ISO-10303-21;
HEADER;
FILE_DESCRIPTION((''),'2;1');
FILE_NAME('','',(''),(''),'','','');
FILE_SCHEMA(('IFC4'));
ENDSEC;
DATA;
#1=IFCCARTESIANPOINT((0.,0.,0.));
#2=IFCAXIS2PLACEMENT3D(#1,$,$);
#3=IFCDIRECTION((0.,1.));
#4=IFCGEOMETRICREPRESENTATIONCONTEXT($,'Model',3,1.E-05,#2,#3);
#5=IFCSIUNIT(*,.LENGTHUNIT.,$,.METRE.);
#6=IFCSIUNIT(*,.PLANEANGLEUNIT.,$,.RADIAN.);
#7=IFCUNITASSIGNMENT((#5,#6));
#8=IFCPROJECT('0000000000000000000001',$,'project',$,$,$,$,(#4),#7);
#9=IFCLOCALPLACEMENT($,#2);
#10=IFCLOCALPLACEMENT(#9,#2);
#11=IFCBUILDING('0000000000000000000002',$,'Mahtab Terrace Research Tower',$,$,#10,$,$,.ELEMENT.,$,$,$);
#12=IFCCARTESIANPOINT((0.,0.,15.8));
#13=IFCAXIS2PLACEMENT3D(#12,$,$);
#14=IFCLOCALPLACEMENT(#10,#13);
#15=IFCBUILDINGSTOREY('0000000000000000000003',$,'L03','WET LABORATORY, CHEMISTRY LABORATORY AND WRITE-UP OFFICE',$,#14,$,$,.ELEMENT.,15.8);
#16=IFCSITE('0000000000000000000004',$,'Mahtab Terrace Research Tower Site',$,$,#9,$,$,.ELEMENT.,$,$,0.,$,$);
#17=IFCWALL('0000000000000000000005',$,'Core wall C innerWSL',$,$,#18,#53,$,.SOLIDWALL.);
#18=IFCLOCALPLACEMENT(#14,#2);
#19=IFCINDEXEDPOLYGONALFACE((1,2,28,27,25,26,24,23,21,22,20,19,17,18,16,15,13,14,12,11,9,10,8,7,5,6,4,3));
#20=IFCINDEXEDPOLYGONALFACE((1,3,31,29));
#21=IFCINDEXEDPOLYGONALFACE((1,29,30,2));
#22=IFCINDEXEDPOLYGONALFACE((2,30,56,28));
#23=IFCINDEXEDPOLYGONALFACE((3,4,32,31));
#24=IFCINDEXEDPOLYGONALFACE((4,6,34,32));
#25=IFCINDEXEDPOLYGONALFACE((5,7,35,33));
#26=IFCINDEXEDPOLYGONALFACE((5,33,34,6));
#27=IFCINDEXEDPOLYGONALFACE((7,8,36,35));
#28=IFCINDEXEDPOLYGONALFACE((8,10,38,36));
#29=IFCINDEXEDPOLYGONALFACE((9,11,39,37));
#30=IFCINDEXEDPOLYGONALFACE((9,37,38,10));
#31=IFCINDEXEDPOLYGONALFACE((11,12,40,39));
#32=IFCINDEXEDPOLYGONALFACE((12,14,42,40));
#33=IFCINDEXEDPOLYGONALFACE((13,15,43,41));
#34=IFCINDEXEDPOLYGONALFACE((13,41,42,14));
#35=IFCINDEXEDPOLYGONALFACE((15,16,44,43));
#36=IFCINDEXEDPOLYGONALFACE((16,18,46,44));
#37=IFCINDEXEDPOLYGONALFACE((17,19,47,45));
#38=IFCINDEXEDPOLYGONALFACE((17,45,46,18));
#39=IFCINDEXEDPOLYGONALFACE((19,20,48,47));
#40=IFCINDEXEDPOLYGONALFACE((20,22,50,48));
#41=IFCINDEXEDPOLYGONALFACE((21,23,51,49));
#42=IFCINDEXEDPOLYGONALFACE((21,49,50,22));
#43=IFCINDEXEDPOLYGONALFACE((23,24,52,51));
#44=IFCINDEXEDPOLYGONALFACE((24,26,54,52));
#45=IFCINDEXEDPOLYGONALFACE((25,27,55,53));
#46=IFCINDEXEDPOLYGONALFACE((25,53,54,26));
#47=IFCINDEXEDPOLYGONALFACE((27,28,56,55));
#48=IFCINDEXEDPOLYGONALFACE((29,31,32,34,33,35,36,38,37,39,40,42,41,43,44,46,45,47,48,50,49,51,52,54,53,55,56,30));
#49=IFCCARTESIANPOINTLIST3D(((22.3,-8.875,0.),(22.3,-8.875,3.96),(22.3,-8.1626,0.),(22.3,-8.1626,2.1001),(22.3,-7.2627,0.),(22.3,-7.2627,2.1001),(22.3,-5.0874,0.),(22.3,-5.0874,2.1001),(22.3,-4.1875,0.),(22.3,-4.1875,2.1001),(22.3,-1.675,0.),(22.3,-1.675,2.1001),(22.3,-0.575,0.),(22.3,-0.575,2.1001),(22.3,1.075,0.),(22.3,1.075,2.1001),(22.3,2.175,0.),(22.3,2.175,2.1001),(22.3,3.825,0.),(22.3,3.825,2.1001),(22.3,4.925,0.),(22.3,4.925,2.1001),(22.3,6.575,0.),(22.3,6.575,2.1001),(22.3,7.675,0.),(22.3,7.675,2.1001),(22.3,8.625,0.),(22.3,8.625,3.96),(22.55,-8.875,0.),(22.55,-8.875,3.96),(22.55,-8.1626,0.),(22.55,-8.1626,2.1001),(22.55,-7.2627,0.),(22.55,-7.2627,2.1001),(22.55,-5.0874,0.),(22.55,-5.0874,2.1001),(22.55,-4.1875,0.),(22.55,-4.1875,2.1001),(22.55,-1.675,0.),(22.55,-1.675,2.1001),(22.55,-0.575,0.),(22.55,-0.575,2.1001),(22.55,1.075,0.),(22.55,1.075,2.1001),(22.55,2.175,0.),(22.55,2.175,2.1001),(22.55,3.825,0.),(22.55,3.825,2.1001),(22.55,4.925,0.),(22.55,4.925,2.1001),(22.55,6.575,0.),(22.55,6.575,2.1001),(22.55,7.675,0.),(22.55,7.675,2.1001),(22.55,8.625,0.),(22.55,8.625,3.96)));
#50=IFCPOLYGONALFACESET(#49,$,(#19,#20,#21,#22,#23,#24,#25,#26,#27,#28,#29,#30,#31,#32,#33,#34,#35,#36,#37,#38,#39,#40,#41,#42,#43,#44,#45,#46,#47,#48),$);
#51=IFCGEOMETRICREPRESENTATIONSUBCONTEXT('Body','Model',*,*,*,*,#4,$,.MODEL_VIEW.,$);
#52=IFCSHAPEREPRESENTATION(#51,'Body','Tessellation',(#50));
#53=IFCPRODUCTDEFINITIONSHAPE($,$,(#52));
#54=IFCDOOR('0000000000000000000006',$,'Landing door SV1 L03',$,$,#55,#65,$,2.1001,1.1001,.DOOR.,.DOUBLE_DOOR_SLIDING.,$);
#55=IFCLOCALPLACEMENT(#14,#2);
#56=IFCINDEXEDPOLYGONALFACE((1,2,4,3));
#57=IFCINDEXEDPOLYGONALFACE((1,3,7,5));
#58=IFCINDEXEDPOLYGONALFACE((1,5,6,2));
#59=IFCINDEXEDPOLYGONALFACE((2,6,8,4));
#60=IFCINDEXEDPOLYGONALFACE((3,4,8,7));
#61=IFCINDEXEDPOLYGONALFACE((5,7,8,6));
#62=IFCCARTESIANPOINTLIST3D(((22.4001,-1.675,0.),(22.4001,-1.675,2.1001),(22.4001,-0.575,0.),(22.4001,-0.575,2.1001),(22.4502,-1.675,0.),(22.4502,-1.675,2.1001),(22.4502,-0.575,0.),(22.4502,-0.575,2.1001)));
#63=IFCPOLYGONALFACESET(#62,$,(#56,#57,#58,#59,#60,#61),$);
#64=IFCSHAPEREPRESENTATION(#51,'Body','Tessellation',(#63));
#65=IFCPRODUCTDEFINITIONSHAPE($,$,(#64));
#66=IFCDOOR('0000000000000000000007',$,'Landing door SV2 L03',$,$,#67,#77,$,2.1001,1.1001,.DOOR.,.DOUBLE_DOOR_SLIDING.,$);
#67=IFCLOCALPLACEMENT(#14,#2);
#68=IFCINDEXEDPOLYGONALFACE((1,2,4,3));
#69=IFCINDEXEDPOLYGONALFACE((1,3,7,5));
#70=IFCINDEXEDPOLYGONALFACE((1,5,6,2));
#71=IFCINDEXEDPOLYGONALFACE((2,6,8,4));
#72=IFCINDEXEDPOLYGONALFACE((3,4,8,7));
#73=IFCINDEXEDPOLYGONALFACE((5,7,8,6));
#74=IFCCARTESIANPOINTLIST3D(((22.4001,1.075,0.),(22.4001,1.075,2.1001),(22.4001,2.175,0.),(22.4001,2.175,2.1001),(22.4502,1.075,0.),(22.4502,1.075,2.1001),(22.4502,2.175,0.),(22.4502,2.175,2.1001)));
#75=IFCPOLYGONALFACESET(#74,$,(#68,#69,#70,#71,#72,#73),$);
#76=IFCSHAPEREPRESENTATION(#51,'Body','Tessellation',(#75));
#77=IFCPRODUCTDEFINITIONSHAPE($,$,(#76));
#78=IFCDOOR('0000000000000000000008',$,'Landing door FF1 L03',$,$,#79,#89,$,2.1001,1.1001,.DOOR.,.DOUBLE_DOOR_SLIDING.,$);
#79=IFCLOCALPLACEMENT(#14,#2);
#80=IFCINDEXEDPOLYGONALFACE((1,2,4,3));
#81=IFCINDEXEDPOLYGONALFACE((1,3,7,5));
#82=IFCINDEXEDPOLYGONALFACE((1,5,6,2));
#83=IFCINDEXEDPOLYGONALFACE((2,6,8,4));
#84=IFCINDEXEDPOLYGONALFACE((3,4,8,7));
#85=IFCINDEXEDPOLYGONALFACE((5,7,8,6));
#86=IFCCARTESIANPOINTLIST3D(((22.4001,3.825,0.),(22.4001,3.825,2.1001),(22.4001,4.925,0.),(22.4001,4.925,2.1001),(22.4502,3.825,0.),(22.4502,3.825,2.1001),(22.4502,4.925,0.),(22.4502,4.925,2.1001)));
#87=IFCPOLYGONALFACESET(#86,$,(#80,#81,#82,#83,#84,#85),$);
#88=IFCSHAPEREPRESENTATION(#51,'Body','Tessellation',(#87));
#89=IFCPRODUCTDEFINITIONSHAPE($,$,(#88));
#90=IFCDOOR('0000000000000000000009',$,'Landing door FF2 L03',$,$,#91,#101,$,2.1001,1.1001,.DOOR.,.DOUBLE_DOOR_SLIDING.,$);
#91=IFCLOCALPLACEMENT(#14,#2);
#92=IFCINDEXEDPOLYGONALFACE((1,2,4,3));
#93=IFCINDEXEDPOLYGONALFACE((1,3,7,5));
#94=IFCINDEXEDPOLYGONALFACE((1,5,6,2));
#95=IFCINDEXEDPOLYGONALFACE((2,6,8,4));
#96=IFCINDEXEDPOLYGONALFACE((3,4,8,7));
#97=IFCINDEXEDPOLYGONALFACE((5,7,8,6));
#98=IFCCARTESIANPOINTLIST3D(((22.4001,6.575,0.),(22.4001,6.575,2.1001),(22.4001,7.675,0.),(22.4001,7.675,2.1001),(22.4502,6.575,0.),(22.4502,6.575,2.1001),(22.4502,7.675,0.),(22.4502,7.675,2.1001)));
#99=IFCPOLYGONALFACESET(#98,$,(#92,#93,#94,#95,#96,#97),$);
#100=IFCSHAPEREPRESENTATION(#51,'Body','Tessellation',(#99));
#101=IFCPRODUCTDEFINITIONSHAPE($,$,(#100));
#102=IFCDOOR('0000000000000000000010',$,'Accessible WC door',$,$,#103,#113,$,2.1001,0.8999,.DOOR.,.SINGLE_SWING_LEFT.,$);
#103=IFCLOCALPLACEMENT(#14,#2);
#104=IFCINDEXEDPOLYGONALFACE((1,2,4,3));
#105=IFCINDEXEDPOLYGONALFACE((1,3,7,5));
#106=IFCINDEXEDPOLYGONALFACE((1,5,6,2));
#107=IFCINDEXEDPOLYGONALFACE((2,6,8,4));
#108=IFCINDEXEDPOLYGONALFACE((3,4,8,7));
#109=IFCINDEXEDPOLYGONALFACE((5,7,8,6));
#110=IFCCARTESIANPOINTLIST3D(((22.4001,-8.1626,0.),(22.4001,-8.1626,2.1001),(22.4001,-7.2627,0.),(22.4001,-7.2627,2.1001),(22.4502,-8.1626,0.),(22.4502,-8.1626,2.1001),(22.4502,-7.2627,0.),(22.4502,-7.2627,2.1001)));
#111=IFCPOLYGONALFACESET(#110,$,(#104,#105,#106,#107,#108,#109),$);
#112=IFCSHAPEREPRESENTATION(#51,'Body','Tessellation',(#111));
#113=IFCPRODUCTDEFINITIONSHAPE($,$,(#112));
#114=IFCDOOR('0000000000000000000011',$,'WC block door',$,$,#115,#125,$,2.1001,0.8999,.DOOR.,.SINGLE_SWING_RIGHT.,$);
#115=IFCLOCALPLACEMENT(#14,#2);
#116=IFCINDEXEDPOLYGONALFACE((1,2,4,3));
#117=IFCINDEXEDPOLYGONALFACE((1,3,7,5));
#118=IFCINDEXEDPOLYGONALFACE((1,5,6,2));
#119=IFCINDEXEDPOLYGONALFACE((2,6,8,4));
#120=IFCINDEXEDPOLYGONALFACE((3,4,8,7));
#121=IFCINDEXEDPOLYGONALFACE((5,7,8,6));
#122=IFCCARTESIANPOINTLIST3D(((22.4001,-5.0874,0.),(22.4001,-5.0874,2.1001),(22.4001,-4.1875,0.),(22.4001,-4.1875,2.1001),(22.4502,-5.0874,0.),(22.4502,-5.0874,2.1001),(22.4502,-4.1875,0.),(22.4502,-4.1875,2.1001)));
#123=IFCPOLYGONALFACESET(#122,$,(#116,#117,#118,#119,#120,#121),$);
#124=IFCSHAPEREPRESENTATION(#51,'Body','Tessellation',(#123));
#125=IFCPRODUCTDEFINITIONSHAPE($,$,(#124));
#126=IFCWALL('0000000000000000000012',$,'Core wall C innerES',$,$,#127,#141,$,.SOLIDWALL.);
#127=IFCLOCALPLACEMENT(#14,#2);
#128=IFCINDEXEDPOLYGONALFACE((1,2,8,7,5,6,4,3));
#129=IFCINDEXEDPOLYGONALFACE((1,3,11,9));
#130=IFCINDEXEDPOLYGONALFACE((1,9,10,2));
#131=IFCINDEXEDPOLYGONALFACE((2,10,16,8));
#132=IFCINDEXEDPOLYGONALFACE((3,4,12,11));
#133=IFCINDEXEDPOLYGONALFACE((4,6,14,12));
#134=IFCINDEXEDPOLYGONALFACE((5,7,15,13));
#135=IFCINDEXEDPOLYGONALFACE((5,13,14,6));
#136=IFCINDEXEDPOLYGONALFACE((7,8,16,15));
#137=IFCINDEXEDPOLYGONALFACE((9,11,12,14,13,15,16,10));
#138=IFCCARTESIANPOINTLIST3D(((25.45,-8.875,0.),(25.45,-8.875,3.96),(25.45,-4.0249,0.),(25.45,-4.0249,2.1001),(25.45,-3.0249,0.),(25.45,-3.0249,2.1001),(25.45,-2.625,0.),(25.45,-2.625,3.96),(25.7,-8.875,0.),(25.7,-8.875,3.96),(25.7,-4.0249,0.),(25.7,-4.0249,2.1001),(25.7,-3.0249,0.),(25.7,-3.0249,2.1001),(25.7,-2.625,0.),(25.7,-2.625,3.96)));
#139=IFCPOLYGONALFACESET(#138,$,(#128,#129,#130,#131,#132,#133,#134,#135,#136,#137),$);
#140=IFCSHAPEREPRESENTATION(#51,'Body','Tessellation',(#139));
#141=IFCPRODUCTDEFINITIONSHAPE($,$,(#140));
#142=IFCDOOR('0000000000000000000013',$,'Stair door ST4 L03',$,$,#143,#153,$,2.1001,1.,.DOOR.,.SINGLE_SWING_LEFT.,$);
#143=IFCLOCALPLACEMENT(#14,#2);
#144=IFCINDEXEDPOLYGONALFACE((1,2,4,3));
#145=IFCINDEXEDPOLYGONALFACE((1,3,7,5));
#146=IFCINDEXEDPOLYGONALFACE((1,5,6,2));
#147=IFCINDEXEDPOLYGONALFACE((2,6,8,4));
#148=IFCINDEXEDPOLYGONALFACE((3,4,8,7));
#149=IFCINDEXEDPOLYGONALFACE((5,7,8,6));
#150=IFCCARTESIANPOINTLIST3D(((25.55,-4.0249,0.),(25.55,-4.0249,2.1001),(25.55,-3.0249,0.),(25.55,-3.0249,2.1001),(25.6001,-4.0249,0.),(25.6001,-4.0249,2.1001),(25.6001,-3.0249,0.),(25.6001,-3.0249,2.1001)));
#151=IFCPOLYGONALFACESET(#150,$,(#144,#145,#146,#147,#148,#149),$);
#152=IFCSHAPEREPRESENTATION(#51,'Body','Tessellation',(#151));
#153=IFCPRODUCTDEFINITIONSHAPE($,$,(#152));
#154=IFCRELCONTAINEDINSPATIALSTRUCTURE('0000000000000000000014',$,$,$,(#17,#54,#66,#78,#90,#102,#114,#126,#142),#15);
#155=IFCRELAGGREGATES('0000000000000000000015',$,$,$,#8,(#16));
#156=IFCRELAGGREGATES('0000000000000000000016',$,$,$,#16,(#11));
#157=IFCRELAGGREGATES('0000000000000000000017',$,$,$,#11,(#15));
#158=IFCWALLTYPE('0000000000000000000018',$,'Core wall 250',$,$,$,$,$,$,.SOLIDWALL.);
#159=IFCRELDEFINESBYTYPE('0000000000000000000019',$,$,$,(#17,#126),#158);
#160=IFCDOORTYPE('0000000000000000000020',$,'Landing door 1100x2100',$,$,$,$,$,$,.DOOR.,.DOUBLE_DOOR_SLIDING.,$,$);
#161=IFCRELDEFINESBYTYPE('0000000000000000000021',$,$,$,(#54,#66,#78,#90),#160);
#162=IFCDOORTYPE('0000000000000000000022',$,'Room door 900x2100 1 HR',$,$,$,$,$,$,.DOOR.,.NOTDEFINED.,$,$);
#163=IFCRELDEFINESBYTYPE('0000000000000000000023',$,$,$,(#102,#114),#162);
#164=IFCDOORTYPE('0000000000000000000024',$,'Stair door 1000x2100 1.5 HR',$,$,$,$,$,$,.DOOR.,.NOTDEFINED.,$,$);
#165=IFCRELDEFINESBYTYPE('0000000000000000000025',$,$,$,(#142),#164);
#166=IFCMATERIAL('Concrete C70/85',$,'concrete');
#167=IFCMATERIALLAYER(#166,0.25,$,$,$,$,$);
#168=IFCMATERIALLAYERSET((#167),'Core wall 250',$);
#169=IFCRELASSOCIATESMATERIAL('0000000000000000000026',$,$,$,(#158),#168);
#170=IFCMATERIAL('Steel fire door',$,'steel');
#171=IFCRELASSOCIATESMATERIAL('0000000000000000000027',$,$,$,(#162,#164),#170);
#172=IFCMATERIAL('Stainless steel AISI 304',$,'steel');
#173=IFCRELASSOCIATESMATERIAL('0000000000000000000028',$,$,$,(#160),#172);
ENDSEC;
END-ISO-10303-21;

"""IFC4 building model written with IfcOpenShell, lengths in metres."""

from ifc_helpers import new_model, si_unit, direction, frame, frame_2d, origin, place, context, subcontext, project, spatial, rectangle, extrude, material, layer, layer_set, type_object, element, fill, save


model = new_model("IFC4")

# Units and contexts
model_context = context("Model", 3, precision=1e-05, world=origin(), true_north=direction((0.0, 1.0)))
body_context = subcontext(model_context, "Body", "Model", "MODEL_VIEW")
ifc_project = project(units=[si_unit("LENGTHUNIT", "METRE"), si_unit("PLANEANGLEUNIT", "RADIAN")], contexts=[model_context])

# Site, building, storey
site_placement = place(None, origin())
site = spatial("IfcSite", under=ifc_project, at=site_placement, Name="Mahtab Terrace Research Tower Site", CompositionType="ELEMENT", RefElevation=0.0)
building_placement = place(site_placement, origin())
building = spatial("IfcBuilding", under=site, at=building_placement, Name="Mahtab Terrace Research Tower", CompositionType="ELEMENT")
storey_placement = place(building_placement, frame((0.0, 0.0, 15.8)))
storey = spatial("IfcBuildingStorey", under=building, at=storey_placement, Name="L03", Description="WET LABORATORY, CHEMISTRY LABORATORY AND WRITE-UP OFFICE", CompositionType="ELEMENT", Elevation=15.8)

# Shared definitions
ifc_material_1 = material(Name="Concrete C70/85", Category="concrete")
ifc_layer_1 = layer(ifc_material_1, 0.25)
ifc_layer_set_1 = layer_set([ifc_layer_1], Name="Core wall 250")
wall_type_1 = type_object("IfcWallType", Name="Core wall 250", PredefinedType="SOLIDWALL", material=ifc_layer_set_1)
ifc_material_2 = material(Name="Steel fire door", Category="steel")
door_type_1 = type_object("IfcDoorType", Name="Room door 900x2100 1 HR", OperationType="NOTDEFINED", PredefinedType="DOOR", material=ifc_material_2)

# Wall, openings, doors
wall_1_placement = place(storey_placement, frame((22.425, -8.875, 0.0), z_axis=(0.0, 0.0, 1.0), x_axis=(0.0, 1.0, 0.0)))
wall_1 = element("IfcWall", 1, at=wall_1_placement, inside=storey, type_object=wall_type_1, Name="Core wall C innerWSL", PredefinedType="SOLIDWALL", context=body_context, shape_type="SweptSolid", body=[
    extrude(rectangle(XDim=17.5, YDim=0.25, at=frame_2d((8.75, 0.0))), origin(), (0.0, 0.0, 1.0), 3.96),
])
opening_1_placement = place(wall_1_placement, frame((7.2, 0.0, 0.0)))
opening_1 = element("IfcOpeningElement", 2, at=opening_1_placement, cuts=wall_1, PredefinedType="OPENING", context=body_context, shape_type="SweptSolid", body=[
    extrude(rectangle(XDim=1.1001, YDim=2.1001, at=frame_2d((0.55, 1.05))), frame((0.0, 0.135, 0.0), z_axis=(0.0, -1.0, 0.0), x_axis=(1.0, 0.0, 0.0)), (0.0, 0.0, 1.0), 0.27),
])
opening_2_placement = place(wall_1_placement, frame((9.95, 0.0, 0.0)))
opening_2 = element("IfcOpeningElement", 3, at=opening_2_placement, cuts=wall_1, PredefinedType="OPENING", context=body_context, shape_type="SweptSolid", body=[
    extrude(rectangle(XDim=1.1001, YDim=2.1001, at=frame_2d((0.55, 1.05))), frame((0.0, 0.135, 0.0), z_axis=(0.0, -1.0, 0.0), x_axis=(1.0, 0.0, 0.0)), (0.0, 0.0, 1.0), 0.27),
])
opening_3_placement = place(wall_1_placement, frame((12.7, 0.0, 0.0)))
opening_3 = element("IfcOpeningElement", 4, at=opening_3_placement, cuts=wall_1, PredefinedType="OPENING", context=body_context, shape_type="SweptSolid", body=[
    extrude(rectangle(XDim=1.1001, YDim=2.1001, at=frame_2d((0.55, 1.05))), frame((0.0, 0.135, 0.0), z_axis=(0.0, -1.0, 0.0), x_axis=(1.0, 0.0, 0.0)), (0.0, 0.0, 1.0), 0.27),
])
opening_4_placement = place(wall_1_placement, frame((15.45, 0.0, 0.0)))
opening_4 = element("IfcOpeningElement", 5, at=opening_4_placement, cuts=wall_1, PredefinedType="OPENING", context=body_context, shape_type="SweptSolid", body=[
    extrude(rectangle(XDim=1.1001, YDim=2.1001, at=frame_2d((0.55, 1.05))), frame((0.0, 0.135, 0.0), z_axis=(0.0, -1.0, 0.0), x_axis=(1.0, 0.0, 0.0)), (0.0, 0.0, 1.0), 0.27),
])
opening_5_placement = place(wall_1_placement, frame((0.7124, 0.0, 0.0)))
opening_5 = element("IfcOpeningElement", 6, at=opening_5_placement, cuts=wall_1, PredefinedType="OPENING", context=body_context, shape_type="SweptSolid", body=[
    extrude(rectangle(XDim=0.8999, YDim=2.1001, at=frame_2d((0.45, 1.05))), frame((0.0, 0.135, 0.0), z_axis=(0.0, -1.0, 0.0), x_axis=(1.0, 0.0, 0.0)), (0.0, 0.0, 1.0), 0.27),
])
opening_6_placement = place(wall_1_placement, frame((3.7876, 0.0, 0.0)))
opening_6 = element("IfcOpeningElement", 7, at=opening_6_placement, cuts=wall_1, PredefinedType="OPENING", context=body_context, shape_type="SweptSolid", body=[
    extrude(rectangle(XDim=0.8999, YDim=2.1001, at=frame_2d((0.45, 1.05))), frame((0.0, 0.135, 0.0), z_axis=(0.0, -1.0, 0.0), x_axis=(1.0, 0.0, 0.0)), (0.0, 0.0, 1.0), 0.27),
])
ifc_material_3 = material(Name="Stainless steel AISI 304", Category="steel")
door_type_2 = type_object("IfcDoorType", Name="Landing door 1100x2100", OperationType="DOUBLE_DOOR_SLIDING", PredefinedType="DOOR", material=ifc_material_3)
door_1_placement = place(opening_1_placement, origin())
door_1 = element("IfcDoor", 8, at=door_1_placement, inside=storey, type_object=door_type_2, Name="Landing door SV1 L03", OperationType="DOUBLE_DOOR_SLIDING", OverallHeight=2.1001, OverallWidth=1.1001, PredefinedType="DOOR", context=body_context, shape_type="SweptSolid", body=[
    extrude(rectangle(XDim=1.1001, YDim=2.1001, at=frame_2d((0.55, 1.05))), frame((0.0, 0.0249, 0.0), z_axis=(0.0, -1.0, 0.0), x_axis=(1.0, 0.0, 0.0)), (0.0, 0.0, 1.0), 0.05),
])
fill(opening_1, door_1)
door_2_placement = place(opening_2_placement, origin())
door_2 = element("IfcDoor", 9, at=door_2_placement, inside=storey, type_object=door_type_2, Name="Landing door SV2 L03", OperationType="DOUBLE_DOOR_SLIDING", OverallHeight=2.1001, OverallWidth=1.1001, PredefinedType="DOOR", context=body_context, shape_type="SweptSolid", body=[
    extrude(rectangle(XDim=1.1001, YDim=2.1001, at=frame_2d((0.55, 1.05))), frame((0.0, 0.0249, 0.0), z_axis=(0.0, -1.0, 0.0), x_axis=(1.0, 0.0, 0.0)), (0.0, 0.0, 1.0), 0.05),
])
fill(opening_2, door_2)
door_3_placement = place(opening_3_placement, origin())
door_3 = element("IfcDoor", 10, at=door_3_placement, inside=storey, type_object=door_type_2, Name="Landing door FF1 L03", OperationType="DOUBLE_DOOR_SLIDING", OverallHeight=2.1001, OverallWidth=1.1001, PredefinedType="DOOR", context=body_context, shape_type="SweptSolid", body=[
    extrude(rectangle(XDim=1.1001, YDim=2.1001, at=frame_2d((0.55, 1.05))), frame((0.0, 0.0249, 0.0), z_axis=(0.0, -1.0, 0.0), x_axis=(1.0, 0.0, 0.0)), (0.0, 0.0, 1.0), 0.05),
])
fill(opening_3, door_3)
door_4_placement = place(opening_4_placement, origin())
door_4 = element("IfcDoor", 11, at=door_4_placement, inside=storey, type_object=door_type_2, Name="Landing door FF2 L03", OperationType="DOUBLE_DOOR_SLIDING", OverallHeight=2.1001, OverallWidth=1.1001, PredefinedType="DOOR", context=body_context, shape_type="SweptSolid", body=[
    extrude(rectangle(XDim=1.1001, YDim=2.1001, at=frame_2d((0.55, 1.05))), frame((0.0, 0.0249, 0.0), z_axis=(0.0, -1.0, 0.0), x_axis=(1.0, 0.0, 0.0)), (0.0, 0.0, 1.0), 0.05),
])
fill(opening_4, door_4)
door_5_placement = place(opening_5_placement, origin())
door_5 = element("IfcDoor", 12, at=door_5_placement, inside=storey, type_object=door_type_1, Name="Accessible WC door", OperationType="SINGLE_SWING_LEFT", OverallHeight=2.1001, OverallWidth=0.8999, PredefinedType="DOOR", context=body_context, shape_type="SweptSolid", body=[
    extrude(rectangle(XDim=0.8999, YDim=2.1001, at=frame_2d((0.45, 1.05))), frame((0.0, 0.0249, 0.0), z_axis=(0.0, -1.0, 0.0), x_axis=(1.0, 0.0, 0.0)), (0.0, 0.0, 1.0), 0.05),
])
fill(opening_5, door_5)
door_6_placement = place(opening_6_placement, origin())
door_6 = element("IfcDoor", 13, at=door_6_placement, inside=storey, type_object=door_type_1, Name="WC block door", OperationType="SINGLE_SWING_RIGHT", OverallHeight=2.1001, OverallWidth=0.8999, PredefinedType="DOOR", context=body_context, shape_type="SweptSolid", body=[
    extrude(rectangle(XDim=0.8999, YDim=2.1001, at=frame_2d((0.45, 1.05))), frame((0.0, 0.0249, 0.0), z_axis=(0.0, -1.0, 0.0), x_axis=(1.0, 0.0, 0.0)), (0.0, 0.0, 1.0), 0.05),
])
fill(opening_6, door_6)

# Wall, opening, door
wall_2_placement = place(storey_placement, frame((25.575, -8.875, 0.0), z_axis=(0.0, 0.0, 1.0), x_axis=(0.0, 1.0, 0.0)))
wall_2 = element("IfcWall", 14, at=wall_2_placement, inside=storey, type_object=wall_type_1, Name="Core wall C innerES", PredefinedType="SOLIDWALL", context=body_context, shape_type="SweptSolid", body=[
    extrude(rectangle(XDim=6.25, YDim=0.25, at=frame_2d((3.125, 0.0))), origin(), (0.0, 0.0, 1.0), 3.96),
])
opening_7_placement = place(wall_2_placement, frame((4.8501, 0.0, 0.0)))
opening_7 = element("IfcOpeningElement", 15, at=opening_7_placement, cuts=wall_2, PredefinedType="OPENING", context=body_context, shape_type="SweptSolid", body=[
    extrude(rectangle(XDim=1.0, YDim=2.1001, at=frame_2d((0.5, 1.05))), frame((0.0, 0.135, 0.0), z_axis=(0.0, -1.0, 0.0), x_axis=(1.0, 0.0, 0.0)), (0.0, 0.0, 1.0), 0.27),
])
door_type_3 = type_object("IfcDoorType", Name="Stair door 1000x2100 1.5 HR", OperationType="NOTDEFINED", PredefinedType="DOOR", material=ifc_material_2)
door_7_placement = place(opening_7_placement, origin())
door_7 = element("IfcDoor", 16, at=door_7_placement, inside=storey, type_object=door_type_3, Name="Stair door ST4 L03", OperationType="SINGLE_SWING_LEFT", OverallHeight=2.1001, OverallWidth=1.0, PredefinedType="DOOR", context=body_context, shape_type="SweptSolid", body=[
    extrude(rectangle(XDim=1.0, YDim=2.1001, at=frame_2d((0.5, 1.05))), frame((0.0, 0.0249, 0.0), z_axis=(0.0, -1.0, 0.0), x_axis=(1.0, 0.0, 0.0)), (0.0, 0.0, 1.0), 0.05),
])
fill(opening_7, door_7)

save(model, "model.ifc")
